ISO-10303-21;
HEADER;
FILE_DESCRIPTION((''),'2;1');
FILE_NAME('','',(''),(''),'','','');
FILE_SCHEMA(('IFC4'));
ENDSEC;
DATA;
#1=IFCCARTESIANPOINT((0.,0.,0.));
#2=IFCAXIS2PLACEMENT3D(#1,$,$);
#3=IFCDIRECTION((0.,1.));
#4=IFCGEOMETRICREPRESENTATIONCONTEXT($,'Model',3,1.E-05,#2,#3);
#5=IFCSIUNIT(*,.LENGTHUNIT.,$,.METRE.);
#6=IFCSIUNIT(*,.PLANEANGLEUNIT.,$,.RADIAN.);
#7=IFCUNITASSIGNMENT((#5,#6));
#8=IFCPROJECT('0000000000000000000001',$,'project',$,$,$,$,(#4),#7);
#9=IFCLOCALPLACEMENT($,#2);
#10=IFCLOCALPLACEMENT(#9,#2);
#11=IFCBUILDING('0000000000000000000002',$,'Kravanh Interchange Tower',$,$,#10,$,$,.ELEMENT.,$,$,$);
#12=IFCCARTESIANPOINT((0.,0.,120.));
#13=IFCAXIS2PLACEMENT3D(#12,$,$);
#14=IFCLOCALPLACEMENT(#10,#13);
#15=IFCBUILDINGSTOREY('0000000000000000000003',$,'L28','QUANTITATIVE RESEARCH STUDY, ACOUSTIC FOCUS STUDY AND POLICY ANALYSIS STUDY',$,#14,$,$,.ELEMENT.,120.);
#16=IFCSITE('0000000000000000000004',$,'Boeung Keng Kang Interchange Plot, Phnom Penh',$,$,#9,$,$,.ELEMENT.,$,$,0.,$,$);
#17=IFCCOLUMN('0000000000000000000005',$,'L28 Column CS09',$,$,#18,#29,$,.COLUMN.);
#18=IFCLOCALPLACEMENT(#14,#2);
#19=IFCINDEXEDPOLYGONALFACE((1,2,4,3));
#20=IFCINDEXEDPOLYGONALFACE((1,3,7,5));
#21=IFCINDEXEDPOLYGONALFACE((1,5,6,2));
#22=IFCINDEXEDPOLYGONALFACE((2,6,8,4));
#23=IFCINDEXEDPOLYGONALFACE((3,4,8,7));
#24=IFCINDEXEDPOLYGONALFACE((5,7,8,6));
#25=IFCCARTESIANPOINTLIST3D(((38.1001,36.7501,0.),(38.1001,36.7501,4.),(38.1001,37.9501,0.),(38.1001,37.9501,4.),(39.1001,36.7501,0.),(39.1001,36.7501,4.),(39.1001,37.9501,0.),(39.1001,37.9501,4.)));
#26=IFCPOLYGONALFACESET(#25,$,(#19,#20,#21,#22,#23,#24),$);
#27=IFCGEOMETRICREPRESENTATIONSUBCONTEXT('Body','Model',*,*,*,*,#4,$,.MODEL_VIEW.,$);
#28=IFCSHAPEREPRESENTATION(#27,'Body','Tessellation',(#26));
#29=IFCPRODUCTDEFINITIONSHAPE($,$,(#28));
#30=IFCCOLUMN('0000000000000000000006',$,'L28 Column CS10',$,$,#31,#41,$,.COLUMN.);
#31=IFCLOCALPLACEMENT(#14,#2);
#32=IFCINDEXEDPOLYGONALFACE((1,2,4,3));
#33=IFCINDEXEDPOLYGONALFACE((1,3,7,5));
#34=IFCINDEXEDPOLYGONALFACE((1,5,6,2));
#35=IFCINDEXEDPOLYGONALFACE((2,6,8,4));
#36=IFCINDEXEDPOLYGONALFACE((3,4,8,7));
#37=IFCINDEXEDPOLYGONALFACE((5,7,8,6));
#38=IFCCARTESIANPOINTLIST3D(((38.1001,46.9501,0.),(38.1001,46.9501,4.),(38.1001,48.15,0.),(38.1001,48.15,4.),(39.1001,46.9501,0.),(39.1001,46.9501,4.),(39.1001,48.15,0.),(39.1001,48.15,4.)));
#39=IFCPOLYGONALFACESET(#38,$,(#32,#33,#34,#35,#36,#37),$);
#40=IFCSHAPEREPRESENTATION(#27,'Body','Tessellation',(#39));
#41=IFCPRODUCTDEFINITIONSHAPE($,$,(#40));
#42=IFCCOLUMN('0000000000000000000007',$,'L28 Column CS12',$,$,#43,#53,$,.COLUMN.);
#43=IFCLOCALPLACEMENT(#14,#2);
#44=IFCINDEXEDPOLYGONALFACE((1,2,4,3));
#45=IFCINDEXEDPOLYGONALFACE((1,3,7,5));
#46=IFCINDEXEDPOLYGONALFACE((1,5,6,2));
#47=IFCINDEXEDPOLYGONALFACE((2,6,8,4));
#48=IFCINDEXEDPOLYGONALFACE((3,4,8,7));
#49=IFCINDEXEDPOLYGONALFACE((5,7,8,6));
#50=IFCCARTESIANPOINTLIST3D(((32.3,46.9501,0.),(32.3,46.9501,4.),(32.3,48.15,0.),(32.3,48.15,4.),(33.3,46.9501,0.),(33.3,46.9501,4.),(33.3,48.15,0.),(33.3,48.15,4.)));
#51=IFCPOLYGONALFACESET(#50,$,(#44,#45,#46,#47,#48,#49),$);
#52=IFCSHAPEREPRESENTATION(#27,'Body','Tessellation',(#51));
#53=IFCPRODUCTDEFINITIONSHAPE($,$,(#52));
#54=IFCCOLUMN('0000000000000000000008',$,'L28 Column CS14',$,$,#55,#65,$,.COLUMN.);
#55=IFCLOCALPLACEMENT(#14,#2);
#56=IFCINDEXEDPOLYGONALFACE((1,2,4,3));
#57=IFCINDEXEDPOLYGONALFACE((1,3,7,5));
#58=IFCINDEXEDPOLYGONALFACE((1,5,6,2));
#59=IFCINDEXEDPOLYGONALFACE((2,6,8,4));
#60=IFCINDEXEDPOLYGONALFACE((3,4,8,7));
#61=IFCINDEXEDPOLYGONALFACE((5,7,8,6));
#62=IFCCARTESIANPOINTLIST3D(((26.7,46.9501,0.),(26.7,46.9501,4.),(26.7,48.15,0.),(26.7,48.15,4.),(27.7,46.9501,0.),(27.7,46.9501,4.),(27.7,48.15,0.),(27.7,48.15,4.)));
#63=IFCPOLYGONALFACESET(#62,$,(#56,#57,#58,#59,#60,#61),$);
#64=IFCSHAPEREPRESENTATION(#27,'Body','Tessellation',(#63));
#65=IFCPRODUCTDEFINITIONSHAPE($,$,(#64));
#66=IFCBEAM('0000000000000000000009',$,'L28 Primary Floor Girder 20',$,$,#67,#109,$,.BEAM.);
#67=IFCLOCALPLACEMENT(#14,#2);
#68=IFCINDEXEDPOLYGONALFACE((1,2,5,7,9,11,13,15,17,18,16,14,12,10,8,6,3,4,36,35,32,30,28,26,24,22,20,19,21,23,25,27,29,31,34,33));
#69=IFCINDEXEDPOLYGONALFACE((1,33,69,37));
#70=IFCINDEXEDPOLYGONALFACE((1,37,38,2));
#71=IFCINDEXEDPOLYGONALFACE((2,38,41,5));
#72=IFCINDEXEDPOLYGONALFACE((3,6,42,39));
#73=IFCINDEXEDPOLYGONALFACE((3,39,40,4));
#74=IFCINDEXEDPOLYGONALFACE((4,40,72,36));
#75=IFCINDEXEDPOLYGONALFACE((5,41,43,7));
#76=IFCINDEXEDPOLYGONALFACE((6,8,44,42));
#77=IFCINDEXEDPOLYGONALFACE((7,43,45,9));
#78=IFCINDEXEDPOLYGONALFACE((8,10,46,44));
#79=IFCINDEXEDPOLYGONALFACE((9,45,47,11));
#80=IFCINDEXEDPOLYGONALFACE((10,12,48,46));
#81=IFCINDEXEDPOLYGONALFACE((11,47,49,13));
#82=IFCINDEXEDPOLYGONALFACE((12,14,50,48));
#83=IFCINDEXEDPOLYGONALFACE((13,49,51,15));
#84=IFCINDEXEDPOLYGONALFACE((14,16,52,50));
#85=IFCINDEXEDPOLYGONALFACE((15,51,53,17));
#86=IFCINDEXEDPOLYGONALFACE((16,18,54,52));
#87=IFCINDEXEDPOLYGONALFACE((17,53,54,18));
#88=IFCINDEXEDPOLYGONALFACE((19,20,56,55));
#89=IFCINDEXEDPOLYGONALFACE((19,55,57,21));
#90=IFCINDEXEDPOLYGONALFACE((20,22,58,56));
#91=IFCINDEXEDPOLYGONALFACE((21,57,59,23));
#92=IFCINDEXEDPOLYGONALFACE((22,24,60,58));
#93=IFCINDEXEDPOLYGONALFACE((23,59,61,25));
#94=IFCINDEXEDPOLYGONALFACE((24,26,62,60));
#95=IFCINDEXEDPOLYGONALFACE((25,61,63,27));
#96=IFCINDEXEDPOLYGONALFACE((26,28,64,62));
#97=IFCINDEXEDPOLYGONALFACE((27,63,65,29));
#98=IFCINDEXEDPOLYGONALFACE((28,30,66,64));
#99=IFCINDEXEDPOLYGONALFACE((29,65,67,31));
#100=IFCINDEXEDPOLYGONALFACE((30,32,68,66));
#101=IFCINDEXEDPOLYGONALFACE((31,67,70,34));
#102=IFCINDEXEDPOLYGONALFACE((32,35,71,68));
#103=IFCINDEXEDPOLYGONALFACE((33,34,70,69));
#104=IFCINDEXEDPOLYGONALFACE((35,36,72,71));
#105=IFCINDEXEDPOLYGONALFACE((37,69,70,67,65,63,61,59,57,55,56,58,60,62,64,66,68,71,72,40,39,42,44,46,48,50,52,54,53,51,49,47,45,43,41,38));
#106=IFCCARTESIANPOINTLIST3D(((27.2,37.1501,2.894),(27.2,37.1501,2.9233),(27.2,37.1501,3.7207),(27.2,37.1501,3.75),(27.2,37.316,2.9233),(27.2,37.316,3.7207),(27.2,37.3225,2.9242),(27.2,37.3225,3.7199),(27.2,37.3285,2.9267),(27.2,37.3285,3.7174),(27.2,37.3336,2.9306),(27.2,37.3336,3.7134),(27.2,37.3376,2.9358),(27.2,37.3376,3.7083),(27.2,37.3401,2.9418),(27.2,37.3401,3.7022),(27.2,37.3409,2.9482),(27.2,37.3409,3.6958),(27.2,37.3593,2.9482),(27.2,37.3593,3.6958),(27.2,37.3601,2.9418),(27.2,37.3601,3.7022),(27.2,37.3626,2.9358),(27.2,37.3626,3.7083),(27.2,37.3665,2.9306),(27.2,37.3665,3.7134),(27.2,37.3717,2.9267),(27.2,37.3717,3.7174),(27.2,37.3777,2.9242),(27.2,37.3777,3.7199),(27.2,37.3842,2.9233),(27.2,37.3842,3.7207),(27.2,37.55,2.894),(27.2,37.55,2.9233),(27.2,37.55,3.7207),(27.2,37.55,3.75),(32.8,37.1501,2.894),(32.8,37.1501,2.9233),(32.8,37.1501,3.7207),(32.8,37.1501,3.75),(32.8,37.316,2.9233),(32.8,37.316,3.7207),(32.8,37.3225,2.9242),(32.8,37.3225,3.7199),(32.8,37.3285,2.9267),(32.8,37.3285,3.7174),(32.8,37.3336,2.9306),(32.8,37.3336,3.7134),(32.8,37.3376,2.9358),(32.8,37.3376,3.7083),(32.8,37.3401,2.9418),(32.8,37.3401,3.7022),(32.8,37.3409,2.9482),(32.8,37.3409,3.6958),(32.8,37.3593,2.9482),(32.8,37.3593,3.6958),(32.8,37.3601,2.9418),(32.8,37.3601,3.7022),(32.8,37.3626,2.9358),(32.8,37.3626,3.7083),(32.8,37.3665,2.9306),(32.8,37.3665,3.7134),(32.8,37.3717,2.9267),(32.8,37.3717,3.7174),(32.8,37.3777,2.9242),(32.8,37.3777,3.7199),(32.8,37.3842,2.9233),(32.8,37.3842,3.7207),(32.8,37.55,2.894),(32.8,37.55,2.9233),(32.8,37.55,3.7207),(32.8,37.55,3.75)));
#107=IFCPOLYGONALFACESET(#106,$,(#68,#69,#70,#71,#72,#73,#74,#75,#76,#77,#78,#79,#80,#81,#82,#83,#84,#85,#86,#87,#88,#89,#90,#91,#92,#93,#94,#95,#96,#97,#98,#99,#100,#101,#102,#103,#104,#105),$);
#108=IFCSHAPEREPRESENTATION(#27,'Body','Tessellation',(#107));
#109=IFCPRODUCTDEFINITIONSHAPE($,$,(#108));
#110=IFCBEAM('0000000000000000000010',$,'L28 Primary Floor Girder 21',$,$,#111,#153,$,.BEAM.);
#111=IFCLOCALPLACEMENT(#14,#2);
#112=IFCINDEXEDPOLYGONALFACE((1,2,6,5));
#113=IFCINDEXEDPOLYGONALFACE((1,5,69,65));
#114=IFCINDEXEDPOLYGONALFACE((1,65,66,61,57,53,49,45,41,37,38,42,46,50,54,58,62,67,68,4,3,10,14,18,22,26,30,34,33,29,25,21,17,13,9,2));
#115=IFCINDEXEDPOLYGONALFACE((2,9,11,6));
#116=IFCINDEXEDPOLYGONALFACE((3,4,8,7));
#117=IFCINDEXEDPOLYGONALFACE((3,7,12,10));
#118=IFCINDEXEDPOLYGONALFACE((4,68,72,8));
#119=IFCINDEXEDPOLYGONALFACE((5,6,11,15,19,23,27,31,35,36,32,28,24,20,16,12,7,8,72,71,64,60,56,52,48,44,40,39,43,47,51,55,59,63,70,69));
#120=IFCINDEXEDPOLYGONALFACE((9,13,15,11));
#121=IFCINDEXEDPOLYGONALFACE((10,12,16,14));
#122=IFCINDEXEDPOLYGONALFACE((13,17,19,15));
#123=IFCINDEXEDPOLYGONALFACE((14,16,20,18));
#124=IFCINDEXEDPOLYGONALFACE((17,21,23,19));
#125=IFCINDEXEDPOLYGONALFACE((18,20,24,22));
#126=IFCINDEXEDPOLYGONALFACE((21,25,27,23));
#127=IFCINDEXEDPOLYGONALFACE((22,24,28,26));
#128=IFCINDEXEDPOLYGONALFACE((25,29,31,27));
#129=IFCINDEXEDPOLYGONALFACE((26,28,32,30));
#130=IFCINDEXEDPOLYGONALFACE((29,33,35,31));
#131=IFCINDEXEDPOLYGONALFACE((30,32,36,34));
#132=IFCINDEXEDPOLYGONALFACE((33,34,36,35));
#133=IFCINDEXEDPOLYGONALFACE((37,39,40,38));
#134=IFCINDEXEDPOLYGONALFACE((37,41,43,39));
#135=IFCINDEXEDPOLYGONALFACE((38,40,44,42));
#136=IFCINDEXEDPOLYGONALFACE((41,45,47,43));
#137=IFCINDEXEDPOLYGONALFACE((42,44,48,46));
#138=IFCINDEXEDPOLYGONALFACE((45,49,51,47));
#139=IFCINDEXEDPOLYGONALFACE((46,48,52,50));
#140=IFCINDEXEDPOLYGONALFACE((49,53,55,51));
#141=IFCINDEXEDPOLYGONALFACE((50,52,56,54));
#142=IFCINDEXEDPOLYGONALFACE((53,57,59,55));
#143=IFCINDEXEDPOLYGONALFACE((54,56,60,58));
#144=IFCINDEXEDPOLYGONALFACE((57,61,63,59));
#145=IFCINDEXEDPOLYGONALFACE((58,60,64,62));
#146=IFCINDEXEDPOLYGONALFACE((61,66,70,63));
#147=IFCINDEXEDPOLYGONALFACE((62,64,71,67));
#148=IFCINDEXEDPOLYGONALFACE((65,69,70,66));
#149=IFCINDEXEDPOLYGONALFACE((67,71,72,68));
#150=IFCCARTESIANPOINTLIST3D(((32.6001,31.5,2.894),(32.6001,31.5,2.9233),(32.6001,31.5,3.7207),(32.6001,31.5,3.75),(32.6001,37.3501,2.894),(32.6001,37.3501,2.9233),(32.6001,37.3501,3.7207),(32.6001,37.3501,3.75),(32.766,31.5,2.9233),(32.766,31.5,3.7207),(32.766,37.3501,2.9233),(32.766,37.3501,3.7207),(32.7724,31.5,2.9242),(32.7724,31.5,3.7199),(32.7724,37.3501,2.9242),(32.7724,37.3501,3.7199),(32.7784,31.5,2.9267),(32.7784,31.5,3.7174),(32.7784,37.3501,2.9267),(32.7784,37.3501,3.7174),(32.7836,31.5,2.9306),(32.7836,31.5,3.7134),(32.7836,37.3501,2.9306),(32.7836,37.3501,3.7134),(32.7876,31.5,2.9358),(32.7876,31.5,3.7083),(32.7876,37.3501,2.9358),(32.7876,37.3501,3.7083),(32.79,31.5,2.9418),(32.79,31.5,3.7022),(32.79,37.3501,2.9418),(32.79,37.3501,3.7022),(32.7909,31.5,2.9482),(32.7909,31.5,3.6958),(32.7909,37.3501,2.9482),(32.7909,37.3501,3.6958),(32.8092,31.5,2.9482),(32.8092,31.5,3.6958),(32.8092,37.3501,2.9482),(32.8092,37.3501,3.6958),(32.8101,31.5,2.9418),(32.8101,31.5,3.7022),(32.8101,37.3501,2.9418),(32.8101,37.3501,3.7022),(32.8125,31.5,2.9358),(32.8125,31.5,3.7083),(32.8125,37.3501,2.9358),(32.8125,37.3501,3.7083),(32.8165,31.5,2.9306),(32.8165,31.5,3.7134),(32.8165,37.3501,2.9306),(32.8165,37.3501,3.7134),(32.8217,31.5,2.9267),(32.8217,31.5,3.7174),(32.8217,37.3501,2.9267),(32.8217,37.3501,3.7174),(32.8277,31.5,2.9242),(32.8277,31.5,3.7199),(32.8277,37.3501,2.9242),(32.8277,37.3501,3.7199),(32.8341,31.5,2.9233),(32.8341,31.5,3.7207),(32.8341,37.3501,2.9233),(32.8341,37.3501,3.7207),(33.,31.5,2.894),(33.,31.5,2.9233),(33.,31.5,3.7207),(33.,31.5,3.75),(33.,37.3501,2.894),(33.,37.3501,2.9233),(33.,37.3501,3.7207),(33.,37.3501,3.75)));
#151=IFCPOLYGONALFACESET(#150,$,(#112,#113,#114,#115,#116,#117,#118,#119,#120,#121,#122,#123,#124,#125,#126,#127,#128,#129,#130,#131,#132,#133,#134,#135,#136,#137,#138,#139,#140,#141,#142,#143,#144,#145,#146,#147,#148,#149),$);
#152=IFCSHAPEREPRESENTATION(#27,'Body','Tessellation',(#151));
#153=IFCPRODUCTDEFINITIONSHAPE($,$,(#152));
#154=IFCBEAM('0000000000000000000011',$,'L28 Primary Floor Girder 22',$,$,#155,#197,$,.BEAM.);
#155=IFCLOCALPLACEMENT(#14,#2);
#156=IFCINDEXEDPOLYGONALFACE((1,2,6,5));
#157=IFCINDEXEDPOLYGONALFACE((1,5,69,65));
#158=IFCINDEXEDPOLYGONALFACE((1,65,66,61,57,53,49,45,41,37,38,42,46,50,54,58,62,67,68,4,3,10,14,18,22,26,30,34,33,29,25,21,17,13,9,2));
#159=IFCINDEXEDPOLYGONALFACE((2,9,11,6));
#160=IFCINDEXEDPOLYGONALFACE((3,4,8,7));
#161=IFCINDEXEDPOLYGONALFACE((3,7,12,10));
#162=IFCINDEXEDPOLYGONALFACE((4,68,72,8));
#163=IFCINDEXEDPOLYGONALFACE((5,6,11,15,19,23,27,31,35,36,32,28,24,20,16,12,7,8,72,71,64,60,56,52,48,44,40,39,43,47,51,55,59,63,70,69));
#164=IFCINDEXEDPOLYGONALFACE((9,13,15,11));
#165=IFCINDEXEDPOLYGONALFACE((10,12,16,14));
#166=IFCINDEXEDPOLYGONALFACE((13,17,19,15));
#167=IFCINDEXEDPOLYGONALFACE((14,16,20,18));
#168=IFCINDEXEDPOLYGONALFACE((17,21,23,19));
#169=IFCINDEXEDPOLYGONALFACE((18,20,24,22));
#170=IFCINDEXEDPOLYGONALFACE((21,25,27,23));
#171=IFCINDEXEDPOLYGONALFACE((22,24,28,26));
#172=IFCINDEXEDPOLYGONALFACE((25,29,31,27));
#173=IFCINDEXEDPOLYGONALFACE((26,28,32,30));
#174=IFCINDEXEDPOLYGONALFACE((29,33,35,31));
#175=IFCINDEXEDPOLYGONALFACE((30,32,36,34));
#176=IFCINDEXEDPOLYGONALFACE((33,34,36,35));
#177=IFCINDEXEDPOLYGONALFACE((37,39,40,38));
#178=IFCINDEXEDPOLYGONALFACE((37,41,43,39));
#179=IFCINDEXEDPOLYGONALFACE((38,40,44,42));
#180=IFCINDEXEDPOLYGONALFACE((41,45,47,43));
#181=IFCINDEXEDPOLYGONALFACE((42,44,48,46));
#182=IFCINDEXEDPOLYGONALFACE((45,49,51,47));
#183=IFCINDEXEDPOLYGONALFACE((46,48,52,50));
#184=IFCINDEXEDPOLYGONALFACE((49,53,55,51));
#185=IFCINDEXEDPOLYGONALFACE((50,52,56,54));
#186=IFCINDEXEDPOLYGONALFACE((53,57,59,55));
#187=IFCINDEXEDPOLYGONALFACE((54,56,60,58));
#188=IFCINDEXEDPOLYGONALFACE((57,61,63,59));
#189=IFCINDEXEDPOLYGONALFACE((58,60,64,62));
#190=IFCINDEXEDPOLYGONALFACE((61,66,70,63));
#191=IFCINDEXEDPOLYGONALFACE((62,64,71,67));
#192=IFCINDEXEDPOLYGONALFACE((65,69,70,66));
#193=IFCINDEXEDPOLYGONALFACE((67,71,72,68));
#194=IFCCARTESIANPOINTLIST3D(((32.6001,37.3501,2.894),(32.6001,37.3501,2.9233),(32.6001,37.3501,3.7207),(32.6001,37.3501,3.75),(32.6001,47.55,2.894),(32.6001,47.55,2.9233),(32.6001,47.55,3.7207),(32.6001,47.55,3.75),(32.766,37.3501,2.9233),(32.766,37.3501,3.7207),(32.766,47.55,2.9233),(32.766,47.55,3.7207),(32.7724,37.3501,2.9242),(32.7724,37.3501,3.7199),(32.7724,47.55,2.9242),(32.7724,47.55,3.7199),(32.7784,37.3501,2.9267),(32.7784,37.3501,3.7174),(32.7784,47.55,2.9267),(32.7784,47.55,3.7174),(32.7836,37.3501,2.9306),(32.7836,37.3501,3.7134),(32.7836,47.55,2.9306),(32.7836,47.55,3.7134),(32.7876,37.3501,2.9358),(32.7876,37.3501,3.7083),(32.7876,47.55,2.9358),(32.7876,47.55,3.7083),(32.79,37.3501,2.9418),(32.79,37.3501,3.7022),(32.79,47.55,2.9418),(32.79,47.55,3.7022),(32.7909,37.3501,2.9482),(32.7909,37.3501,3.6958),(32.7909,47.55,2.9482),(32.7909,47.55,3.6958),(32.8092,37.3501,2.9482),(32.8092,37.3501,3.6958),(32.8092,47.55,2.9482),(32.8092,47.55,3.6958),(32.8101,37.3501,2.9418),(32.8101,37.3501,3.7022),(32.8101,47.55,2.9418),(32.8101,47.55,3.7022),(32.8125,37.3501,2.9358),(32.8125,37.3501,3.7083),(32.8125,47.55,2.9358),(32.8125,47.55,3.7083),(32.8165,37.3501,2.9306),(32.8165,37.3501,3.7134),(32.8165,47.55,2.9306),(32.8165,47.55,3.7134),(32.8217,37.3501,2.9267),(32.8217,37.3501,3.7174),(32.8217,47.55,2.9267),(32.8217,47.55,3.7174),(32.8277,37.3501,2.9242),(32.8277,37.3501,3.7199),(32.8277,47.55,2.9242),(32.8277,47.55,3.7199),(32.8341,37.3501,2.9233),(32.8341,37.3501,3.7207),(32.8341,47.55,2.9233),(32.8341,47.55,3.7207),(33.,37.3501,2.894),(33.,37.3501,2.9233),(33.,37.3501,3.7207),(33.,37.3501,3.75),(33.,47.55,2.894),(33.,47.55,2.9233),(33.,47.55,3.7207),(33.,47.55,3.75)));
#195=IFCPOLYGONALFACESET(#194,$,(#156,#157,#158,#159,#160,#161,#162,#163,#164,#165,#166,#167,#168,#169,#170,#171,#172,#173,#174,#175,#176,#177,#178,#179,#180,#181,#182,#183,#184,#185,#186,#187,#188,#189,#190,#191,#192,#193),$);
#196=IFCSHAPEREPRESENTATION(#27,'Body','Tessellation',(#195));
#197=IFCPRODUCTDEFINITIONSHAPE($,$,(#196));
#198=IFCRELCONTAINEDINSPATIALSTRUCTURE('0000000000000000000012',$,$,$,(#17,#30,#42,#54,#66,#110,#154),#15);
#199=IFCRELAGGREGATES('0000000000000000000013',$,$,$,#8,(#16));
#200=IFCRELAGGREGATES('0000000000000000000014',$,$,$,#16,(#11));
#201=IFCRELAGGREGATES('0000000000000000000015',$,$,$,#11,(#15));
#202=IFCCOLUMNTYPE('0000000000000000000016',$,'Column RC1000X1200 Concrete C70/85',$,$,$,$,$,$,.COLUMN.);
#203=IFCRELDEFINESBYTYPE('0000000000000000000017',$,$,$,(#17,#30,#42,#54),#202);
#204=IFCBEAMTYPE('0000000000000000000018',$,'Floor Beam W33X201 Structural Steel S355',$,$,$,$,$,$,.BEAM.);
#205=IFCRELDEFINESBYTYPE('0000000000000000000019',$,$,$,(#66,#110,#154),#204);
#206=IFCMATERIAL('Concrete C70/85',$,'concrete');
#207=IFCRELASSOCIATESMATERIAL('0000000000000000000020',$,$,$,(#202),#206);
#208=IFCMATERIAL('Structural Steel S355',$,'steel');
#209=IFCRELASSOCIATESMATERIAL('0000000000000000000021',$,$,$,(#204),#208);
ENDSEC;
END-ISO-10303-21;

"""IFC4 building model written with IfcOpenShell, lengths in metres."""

from ifc_helpers import new_model, si_unit, direction, frame, origin, origin_2d, place, context, subcontext, project, spatial, rectangle, i_section, extrude, material, material_profile, profile_set, type_object, element, save


model = new_model("IFC4")

# Units and contexts
model_context = context("Model", 3, precision=1e-05, world=origin(), true_north=direction((0.0, 1.0)))
body_context = subcontext(model_context, "Body", "Model", "MODEL_VIEW")
ifc_project = project(units=[si_unit("LENGTHUNIT", "METRE"), si_unit("PLANEANGLEUNIT", "RADIAN")], contexts=[model_context])

# Site, building, storey
site_placement = place(None, origin())
site = spatial("IfcSite", under=ifc_project, at=site_placement, Name="Boeung Keng Kang Interchange Plot, Phnom Penh", CompositionType="ELEMENT", RefElevation=0.0)
building_placement = place(site_placement, origin())
building = spatial("IfcBuilding", under=site, at=building_placement, Name="Kravanh Interchange Tower", CompositionType="ELEMENT")
storey_placement = place(building_placement, frame((0.0, 0.0, 120.0)))
storey = spatial("IfcBuildingStorey", under=building, at=storey_placement, Name="L28", Description="QUANTITATIVE RESEARCH STUDY, ACOUSTIC FOCUS STUDY AND POLICY ANALYSIS STUDY", CompositionType="ELEMENT", Elevation=120.0)

# Columns
ifc_material_1 = material(Name="Concrete C70/85", Category="concrete")
ifc_material_profile_1 = material_profile(ifc_material_1, rectangle(XDim=1.0, YDim=1.2, at=origin_2d()), Name="RC1000X1200")
ifc_profile_set_1 = profile_set([ifc_material_profile_1], Name="Concrete C70/85")
column_type = type_object("IfcColumnType", Name="Column RC1000X1200 Concrete C70/85", PredefinedType="COLUMN", material=ifc_profile_set_1)
for number, where, z_axis, x_axis, name in (
    (1, (38.6001, 37.3501, 0.0), (0.0, 0.0, 1.0), (1.0, 0.0, 0.0), "L28 Column CS09"),
    (2, (38.6001, 47.55, 0.0), (0.0, 0.0, 1.0), (1.0, 0.0, 0.0), "L28 Column CS10"),
    (3, (32.8, 47.55, 0.0), (0.0, 0.0, 1.0), (1.0, 0.0, 0.0), "L28 Column CS12"),
    (4, (27.2, 47.55, 0.0), (0.0, 0.0, 1.0), (1.0, 0.0, 0.0), "L28 Column CS14"),
):
    element("IfcColumn", number, at=place(storey_placement, frame(where, z_axis=z_axis, x_axis=x_axis)), inside=storey, type_object=column_type, Name=name, PredefinedType="COLUMN", context=body_context, shape_type="SweptSolid", body=[
        extrude(rectangle(XDim=1.0, YDim=1.2, at=origin_2d()), origin(), (0.0, 0.0, 1.0), 4.0),
    ])

# Beams
ifc_material_2 = material(Name="Structural Steel S355", Category="steel")
ifc_material_profile_2 = material_profile(ifc_material_2, i_section(OverallWidth=0.3999, OverallDepth=0.856, WebThickness=0.0183, FlangeThickness=0.0293, FilletRadius=0.0249, at=origin_2d()), Name="W33X201")
ifc_profile_set_2 = profile_set([ifc_material_profile_2], Name="Structural Steel S355")
beam_type = type_object("IfcBeamType", Name="Floor Beam W33X201 Structural Steel S355", PredefinedType="BEAM", material=ifc_profile_set_2)
beam_1_placement = place(storey_placement, frame((32.8, 37.3501, 3.322), z_axis=(-1.0, 0.0, 0.0), x_axis=(0.0, -1.0, 0.0)))
element("IfcBeam", 5, at=beam_1_placement, inside=storey, type_object=beam_type, Name="L28 Primary Floor Girder 20", PredefinedType="BEAM", context=body_context, shape_type="SweptSolid", body=[
    extrude(i_section(OverallWidth=0.3999, OverallDepth=0.856, WebThickness=0.0183, FlangeThickness=0.0293, FilletRadius=0.0249, at=origin_2d()), origin(), (0.0, 0.0, 1.0), 5.6001),
])
beam_2_placement = place(storey_placement, frame((32.8, 37.3501, 3.322), z_axis=(0.0, -1.0, 0.0), x_axis=(1.0, 0.0, 0.0)))
element("IfcBeam", 6, at=beam_2_placement, inside=storey, type_object=beam_type, Name="L28 Primary Floor Girder 21", PredefinedType="BEAM", context=body_context, shape_type="SweptSolid", body=[
    extrude(i_section(OverallWidth=0.3999, OverallDepth=0.856, WebThickness=0.0183, FlangeThickness=0.0293, FilletRadius=0.0249, at=origin_2d()), origin(), (0.0, 0.0, 1.0), 5.8501),
])
beam_3_placement = place(storey_placement, frame((32.8, 37.3501, 3.322), z_axis=(0.0, 1.0, 0.0), x_axis=(-1.0, 0.0, 0.0)))
element("IfcBeam", 7, at=beam_3_placement, inside=storey, type_object=beam_type, Name="L28 Primary Floor Girder 22", PredefinedType="BEAM", context=body_context, shape_type="SweptSolid", body=[
    extrude(i_section(OverallWidth=0.3999, OverallDepth=0.856, WebThickness=0.0183, FlangeThickness=0.0293, FilletRadius=0.0249, at=origin_2d()), origin(), (0.0, 0.0, 1.0), 10.2),
])

save(model, "model.ifc")
